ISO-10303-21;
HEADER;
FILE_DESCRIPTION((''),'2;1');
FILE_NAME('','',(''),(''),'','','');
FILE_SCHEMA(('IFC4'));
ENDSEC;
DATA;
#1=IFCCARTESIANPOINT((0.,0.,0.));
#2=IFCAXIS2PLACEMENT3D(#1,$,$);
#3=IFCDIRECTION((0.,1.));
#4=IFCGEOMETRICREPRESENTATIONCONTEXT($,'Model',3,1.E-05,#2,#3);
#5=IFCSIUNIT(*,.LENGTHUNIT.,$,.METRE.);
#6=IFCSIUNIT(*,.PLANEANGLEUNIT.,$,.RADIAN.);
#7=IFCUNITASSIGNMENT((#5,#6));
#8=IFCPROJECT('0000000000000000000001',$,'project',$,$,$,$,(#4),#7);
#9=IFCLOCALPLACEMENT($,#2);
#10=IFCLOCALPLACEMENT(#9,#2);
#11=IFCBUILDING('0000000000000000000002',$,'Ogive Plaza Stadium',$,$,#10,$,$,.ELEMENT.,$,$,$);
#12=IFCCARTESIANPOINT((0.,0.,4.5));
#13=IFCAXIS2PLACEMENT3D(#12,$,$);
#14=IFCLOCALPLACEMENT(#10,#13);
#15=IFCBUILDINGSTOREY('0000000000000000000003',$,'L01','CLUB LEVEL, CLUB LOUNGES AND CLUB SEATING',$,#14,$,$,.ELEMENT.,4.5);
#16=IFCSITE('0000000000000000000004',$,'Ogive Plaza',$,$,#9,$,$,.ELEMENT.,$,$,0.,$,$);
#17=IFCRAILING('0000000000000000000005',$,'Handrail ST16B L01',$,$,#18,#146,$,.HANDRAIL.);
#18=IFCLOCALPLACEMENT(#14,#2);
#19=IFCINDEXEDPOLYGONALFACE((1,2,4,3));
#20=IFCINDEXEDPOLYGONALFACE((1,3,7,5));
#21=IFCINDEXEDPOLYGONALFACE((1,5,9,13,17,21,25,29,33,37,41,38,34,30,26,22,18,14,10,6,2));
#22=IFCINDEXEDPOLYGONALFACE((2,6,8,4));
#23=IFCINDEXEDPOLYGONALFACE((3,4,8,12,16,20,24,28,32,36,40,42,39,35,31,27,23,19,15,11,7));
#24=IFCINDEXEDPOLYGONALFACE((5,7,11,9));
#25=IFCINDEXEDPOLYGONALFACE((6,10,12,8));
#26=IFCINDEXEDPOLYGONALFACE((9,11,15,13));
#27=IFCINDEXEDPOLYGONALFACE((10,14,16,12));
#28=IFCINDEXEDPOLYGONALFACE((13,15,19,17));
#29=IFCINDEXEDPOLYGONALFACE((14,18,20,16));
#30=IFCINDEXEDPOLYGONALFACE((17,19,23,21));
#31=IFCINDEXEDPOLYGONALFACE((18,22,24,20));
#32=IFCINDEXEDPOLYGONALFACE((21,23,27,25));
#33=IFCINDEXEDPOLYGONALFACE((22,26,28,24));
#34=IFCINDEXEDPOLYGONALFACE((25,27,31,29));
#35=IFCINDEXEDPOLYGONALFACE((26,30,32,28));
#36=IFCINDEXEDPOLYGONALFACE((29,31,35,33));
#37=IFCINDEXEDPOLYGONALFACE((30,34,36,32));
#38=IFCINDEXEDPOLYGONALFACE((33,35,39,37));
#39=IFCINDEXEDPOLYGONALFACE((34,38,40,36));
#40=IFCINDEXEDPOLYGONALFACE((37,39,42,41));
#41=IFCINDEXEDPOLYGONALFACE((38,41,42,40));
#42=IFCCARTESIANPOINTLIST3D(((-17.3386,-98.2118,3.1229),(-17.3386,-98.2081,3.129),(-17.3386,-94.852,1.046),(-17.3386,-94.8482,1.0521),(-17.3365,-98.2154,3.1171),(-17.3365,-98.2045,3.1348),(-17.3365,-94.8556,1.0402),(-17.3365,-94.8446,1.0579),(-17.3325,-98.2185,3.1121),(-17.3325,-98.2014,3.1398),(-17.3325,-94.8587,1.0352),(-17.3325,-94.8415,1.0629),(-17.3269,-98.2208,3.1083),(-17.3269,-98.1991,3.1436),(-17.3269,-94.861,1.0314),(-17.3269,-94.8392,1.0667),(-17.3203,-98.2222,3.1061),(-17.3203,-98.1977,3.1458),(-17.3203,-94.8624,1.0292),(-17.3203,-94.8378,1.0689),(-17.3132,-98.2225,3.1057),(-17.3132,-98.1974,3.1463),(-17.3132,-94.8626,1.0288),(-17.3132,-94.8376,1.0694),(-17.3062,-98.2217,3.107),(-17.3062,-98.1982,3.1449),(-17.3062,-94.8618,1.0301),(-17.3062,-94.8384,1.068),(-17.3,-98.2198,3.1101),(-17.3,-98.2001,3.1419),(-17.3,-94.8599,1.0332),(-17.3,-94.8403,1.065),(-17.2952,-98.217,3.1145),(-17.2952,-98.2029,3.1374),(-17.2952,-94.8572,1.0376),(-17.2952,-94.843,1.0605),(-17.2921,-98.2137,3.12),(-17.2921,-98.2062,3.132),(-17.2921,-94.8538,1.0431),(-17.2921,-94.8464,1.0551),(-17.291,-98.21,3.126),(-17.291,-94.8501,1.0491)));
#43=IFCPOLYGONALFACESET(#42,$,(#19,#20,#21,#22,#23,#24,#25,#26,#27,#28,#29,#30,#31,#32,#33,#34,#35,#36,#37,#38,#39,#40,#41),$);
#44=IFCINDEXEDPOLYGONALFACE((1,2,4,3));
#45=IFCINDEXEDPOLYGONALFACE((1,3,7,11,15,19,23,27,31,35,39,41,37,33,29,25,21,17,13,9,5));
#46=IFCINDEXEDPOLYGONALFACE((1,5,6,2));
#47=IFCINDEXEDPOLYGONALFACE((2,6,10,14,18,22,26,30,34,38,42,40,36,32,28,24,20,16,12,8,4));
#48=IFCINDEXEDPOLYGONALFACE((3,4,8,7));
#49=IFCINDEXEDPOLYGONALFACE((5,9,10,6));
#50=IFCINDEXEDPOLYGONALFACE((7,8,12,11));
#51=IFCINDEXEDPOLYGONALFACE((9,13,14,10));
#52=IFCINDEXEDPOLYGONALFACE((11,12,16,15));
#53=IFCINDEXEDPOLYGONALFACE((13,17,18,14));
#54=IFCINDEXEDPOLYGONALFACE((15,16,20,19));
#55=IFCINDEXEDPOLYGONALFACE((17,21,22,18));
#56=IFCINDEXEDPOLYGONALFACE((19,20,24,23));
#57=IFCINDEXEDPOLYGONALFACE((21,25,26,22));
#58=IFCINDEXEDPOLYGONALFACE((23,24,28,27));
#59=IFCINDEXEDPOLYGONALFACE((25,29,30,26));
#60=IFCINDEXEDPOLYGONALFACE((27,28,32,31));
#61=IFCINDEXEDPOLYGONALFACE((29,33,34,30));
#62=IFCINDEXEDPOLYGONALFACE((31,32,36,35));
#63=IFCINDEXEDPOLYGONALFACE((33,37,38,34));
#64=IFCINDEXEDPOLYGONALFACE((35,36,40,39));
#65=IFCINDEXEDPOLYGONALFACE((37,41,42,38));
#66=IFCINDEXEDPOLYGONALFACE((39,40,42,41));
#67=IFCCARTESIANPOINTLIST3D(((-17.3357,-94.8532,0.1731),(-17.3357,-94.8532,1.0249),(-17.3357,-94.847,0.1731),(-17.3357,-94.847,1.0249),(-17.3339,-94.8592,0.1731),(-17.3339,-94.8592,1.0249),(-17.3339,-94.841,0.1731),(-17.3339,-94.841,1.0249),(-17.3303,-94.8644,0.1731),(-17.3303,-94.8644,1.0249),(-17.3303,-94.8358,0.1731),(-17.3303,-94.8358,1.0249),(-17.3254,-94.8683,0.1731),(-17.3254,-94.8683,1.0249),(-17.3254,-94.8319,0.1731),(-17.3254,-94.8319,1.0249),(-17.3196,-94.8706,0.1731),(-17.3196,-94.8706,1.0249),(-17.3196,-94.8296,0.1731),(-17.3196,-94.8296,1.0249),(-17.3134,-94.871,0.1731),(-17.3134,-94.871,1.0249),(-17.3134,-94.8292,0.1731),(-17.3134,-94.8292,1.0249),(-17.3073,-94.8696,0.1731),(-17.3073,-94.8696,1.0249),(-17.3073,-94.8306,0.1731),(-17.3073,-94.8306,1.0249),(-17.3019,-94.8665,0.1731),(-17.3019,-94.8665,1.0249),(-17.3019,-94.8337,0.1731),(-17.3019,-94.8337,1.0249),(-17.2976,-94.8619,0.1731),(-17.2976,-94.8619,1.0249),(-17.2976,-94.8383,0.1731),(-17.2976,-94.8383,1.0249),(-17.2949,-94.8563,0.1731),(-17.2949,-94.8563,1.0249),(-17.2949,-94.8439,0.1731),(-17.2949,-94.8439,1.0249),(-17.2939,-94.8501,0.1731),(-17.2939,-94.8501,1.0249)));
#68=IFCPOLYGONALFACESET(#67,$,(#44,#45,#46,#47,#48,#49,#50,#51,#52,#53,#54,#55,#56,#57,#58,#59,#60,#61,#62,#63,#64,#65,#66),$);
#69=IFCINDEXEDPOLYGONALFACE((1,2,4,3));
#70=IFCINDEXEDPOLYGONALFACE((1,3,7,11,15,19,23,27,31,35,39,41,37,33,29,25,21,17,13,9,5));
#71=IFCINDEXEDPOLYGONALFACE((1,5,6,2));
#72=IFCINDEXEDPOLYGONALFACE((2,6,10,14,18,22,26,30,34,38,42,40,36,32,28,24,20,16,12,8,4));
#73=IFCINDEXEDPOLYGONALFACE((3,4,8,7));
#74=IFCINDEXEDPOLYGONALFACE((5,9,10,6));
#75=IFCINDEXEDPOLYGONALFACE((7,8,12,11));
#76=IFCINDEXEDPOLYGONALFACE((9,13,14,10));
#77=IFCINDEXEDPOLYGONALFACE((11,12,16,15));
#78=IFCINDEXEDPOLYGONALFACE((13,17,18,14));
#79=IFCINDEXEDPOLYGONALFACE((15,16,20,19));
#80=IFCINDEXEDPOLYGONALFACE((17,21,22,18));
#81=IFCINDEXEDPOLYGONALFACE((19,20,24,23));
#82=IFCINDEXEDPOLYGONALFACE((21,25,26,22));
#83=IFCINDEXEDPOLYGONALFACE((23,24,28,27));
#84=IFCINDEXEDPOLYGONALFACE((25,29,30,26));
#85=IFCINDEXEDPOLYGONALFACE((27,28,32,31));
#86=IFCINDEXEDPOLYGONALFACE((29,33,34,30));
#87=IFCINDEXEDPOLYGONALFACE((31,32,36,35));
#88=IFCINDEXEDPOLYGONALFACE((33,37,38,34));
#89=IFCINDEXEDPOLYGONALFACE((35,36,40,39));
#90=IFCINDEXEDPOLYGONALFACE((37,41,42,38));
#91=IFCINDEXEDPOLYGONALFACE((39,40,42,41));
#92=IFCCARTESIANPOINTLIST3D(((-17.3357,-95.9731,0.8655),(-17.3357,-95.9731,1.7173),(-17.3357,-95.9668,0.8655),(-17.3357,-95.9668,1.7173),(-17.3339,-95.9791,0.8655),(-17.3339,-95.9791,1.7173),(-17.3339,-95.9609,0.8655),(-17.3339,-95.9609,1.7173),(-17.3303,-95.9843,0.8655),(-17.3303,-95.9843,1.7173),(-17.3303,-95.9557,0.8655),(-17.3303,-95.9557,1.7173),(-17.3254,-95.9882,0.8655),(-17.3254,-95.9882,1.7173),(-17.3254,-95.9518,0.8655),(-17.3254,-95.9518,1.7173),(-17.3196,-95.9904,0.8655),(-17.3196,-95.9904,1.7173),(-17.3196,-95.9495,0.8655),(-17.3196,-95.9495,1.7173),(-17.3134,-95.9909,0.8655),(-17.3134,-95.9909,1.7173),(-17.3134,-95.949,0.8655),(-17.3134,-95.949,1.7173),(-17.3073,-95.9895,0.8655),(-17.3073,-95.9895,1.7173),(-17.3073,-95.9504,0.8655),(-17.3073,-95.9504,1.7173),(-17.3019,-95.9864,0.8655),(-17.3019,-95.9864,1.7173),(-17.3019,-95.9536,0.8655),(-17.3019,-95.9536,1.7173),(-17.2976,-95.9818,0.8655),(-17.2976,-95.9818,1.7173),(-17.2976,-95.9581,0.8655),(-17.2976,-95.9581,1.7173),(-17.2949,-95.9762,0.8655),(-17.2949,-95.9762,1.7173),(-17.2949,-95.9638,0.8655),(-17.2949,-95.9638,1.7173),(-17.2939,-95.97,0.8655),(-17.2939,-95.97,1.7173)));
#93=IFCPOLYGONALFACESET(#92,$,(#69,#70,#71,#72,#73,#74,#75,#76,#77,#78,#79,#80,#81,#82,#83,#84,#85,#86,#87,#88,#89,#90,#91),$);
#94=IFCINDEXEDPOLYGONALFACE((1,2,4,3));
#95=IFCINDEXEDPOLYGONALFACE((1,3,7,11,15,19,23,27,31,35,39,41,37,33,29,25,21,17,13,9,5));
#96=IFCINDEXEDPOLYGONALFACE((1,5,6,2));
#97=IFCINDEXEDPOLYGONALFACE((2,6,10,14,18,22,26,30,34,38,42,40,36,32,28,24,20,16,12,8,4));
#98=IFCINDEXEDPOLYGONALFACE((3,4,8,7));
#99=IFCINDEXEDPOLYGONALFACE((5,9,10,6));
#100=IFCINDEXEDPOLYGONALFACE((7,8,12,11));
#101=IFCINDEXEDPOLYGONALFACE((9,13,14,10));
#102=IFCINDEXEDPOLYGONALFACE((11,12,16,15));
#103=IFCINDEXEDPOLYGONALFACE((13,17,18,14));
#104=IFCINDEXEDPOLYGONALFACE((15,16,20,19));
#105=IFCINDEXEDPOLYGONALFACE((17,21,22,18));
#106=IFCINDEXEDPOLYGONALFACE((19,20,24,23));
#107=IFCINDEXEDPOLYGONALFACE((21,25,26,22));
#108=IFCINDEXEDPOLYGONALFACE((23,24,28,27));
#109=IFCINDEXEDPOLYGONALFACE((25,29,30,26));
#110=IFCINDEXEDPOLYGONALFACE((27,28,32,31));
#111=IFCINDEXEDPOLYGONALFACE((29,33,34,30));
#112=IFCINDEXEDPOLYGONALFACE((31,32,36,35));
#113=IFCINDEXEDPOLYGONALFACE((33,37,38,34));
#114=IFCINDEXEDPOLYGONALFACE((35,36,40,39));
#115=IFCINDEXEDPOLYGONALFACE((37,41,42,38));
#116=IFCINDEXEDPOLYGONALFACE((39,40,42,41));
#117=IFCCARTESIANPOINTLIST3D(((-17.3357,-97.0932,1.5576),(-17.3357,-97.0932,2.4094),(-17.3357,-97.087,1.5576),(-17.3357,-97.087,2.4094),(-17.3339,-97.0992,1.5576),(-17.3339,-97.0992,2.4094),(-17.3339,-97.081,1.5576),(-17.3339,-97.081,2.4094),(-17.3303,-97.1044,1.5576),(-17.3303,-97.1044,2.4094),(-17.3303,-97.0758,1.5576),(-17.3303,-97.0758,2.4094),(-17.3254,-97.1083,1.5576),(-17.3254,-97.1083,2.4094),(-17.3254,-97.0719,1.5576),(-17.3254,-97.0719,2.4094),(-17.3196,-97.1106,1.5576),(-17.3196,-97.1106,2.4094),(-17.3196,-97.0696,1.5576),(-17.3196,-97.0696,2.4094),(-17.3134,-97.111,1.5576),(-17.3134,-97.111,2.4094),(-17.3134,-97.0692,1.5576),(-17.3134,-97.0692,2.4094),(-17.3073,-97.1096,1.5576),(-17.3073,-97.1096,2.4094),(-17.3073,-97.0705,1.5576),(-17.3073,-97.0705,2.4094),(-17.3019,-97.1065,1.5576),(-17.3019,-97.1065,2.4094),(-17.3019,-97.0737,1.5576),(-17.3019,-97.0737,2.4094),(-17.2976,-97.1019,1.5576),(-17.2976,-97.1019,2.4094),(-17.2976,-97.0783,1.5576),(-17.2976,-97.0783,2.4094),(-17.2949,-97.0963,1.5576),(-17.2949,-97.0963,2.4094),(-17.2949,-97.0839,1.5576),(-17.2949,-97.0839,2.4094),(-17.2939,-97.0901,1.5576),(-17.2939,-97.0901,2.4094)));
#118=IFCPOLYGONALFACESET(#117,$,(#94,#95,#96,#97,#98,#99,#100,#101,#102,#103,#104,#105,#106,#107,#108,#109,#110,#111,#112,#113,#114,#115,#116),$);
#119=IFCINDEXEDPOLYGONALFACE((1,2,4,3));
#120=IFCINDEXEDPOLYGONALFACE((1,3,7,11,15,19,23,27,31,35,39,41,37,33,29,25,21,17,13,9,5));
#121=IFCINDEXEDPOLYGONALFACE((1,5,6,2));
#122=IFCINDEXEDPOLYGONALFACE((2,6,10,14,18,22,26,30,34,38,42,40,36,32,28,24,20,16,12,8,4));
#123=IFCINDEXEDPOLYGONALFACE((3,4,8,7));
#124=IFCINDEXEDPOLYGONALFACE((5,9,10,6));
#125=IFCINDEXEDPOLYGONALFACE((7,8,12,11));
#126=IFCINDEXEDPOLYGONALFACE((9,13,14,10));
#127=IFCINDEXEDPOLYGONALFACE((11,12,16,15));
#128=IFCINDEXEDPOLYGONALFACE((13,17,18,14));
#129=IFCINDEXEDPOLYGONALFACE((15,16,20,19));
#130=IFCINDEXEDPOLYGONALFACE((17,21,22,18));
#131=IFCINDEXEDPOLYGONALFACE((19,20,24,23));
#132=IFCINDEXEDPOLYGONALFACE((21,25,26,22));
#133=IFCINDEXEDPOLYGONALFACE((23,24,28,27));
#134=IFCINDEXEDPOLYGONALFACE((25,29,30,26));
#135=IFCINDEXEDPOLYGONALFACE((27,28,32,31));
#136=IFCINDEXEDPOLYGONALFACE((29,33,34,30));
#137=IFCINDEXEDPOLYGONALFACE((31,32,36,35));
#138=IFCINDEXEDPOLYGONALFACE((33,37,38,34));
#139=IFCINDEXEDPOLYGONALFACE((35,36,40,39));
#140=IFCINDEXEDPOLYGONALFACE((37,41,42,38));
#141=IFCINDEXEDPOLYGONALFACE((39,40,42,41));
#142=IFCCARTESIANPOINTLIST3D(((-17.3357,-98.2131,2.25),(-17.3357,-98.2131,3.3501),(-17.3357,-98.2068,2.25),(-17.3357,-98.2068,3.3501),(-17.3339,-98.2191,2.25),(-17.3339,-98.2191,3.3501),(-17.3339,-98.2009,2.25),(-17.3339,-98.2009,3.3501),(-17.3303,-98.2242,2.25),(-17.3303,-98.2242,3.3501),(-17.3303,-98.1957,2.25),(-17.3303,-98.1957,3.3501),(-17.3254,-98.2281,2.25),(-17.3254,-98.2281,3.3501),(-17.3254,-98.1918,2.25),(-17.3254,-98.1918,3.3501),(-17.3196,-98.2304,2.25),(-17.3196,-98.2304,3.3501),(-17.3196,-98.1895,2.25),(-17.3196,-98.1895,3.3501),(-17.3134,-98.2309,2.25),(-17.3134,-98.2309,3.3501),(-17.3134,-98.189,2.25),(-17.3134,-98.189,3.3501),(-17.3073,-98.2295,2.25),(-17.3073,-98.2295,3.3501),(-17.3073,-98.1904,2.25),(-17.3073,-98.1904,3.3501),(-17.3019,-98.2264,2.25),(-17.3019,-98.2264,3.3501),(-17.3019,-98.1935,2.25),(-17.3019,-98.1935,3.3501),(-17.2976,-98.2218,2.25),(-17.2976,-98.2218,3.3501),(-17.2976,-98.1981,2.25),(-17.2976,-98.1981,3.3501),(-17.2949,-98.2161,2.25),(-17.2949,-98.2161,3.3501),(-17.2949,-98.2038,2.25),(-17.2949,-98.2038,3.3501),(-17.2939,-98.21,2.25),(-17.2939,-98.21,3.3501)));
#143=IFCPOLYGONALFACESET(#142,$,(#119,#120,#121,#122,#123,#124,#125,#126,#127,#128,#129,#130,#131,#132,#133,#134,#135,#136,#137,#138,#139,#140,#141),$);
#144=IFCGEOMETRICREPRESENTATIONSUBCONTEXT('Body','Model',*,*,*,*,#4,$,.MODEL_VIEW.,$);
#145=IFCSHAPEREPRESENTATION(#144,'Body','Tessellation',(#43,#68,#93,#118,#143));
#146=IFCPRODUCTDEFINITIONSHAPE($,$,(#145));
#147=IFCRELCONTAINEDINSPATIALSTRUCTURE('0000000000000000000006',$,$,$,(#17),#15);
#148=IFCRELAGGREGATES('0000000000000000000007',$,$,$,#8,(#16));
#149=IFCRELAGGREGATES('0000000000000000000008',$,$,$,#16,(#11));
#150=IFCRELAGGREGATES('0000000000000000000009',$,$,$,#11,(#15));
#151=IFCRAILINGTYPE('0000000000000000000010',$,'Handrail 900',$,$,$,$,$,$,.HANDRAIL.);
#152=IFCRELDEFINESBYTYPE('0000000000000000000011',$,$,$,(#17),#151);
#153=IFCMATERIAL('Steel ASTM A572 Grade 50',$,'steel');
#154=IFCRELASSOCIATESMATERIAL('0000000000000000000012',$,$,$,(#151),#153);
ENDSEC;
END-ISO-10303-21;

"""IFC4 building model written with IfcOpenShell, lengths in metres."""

from ifc_helpers import new_model, si_unit, direction, frame, origin, origin_2d, place, context, subcontext, project, spatial, circle, extrude, material, type_object, element, save


model = new_model("IFC4")

# Units and contexts
model_context = context("Model", 3, precision=1e-05, world=origin(), true_north=direction((0.0, 1.0)))
body_context = subcontext(model_context, "Body", "Model", "MODEL_VIEW")
ifc_project = project(units=[si_unit("LENGTHUNIT", "METRE"), si_unit("PLANEANGLEUNIT", "RADIAN")], contexts=[model_context])

# Site, building, storey
site_placement = place(None, origin())
site = spatial("IfcSite", under=ifc_project, at=site_placement, Name="Ogive Plaza", CompositionType="ELEMENT", RefElevation=0.0)
building_placement = place(site_placement, origin())
building = spatial("IfcBuilding", under=site, at=building_placement, Name="Ogive Plaza Stadium", CompositionType="ELEMENT")
storey_placement = place(building_placement, frame((0.0, 0.0, 4.5)))
storey = spatial("IfcBuildingStorey", under=building, at=storey_placement, Name="L01", Description="CLUB LEVEL, CLUB LOUNGES AND CLUB SEATING", CompositionType="ELEMENT", Elevation=4.5)

# Railing
ifc_material_1 = material(Name="Steel ASTM A572 Grade 50", Category="steel")
railing_type_1 = type_object("IfcRailingType", Name="Handrail 900", PredefinedType="HANDRAIL", material=ifc_material_1)
for number, where, name in (
    (1, (-17.3149, -94.8501, 0.1731), "Handrail ST16B L01"),
):
    element("IfcRailing", number, at=place(storey_placement, frame(where)), inside=storey, type_object=railing_type_1, Name=name, PredefinedType="HANDRAIL", context=body_context, shape_type="SweptSolid", body=[
        extrude(circle(Radius=0.0239, at=origin_2d()), frame((0.0, 0.0, 0.876), z_axis=(0.0, -0.850606, 0.525803), x_axis=(1.0, 0.0, 0.0)), (0.0, 0.0, 1.0), 3.95),
        extrude(circle(Radius=0.021, at=origin_2d()), origin(), (0.0, 0.0, 1.0), 0.8518),
        extrude(circle(Radius=0.021, at=origin_2d()), frame((0.0, -1.1199, 0.6924)), (0.0, 0.0, 1.0), 0.8518),
        extrude(circle(Radius=0.021, at=origin_2d()), frame((0.0, -2.24, 1.3845)), (0.0, 0.0, 1.0), 0.8518),
        extrude(circle(Radius=0.021, at=origin_2d()), frame((0.0, -3.3599, 2.0769)), (0.0, 0.0, 1.0), 1.1001),
    ])

save(model, "model.ifc")
